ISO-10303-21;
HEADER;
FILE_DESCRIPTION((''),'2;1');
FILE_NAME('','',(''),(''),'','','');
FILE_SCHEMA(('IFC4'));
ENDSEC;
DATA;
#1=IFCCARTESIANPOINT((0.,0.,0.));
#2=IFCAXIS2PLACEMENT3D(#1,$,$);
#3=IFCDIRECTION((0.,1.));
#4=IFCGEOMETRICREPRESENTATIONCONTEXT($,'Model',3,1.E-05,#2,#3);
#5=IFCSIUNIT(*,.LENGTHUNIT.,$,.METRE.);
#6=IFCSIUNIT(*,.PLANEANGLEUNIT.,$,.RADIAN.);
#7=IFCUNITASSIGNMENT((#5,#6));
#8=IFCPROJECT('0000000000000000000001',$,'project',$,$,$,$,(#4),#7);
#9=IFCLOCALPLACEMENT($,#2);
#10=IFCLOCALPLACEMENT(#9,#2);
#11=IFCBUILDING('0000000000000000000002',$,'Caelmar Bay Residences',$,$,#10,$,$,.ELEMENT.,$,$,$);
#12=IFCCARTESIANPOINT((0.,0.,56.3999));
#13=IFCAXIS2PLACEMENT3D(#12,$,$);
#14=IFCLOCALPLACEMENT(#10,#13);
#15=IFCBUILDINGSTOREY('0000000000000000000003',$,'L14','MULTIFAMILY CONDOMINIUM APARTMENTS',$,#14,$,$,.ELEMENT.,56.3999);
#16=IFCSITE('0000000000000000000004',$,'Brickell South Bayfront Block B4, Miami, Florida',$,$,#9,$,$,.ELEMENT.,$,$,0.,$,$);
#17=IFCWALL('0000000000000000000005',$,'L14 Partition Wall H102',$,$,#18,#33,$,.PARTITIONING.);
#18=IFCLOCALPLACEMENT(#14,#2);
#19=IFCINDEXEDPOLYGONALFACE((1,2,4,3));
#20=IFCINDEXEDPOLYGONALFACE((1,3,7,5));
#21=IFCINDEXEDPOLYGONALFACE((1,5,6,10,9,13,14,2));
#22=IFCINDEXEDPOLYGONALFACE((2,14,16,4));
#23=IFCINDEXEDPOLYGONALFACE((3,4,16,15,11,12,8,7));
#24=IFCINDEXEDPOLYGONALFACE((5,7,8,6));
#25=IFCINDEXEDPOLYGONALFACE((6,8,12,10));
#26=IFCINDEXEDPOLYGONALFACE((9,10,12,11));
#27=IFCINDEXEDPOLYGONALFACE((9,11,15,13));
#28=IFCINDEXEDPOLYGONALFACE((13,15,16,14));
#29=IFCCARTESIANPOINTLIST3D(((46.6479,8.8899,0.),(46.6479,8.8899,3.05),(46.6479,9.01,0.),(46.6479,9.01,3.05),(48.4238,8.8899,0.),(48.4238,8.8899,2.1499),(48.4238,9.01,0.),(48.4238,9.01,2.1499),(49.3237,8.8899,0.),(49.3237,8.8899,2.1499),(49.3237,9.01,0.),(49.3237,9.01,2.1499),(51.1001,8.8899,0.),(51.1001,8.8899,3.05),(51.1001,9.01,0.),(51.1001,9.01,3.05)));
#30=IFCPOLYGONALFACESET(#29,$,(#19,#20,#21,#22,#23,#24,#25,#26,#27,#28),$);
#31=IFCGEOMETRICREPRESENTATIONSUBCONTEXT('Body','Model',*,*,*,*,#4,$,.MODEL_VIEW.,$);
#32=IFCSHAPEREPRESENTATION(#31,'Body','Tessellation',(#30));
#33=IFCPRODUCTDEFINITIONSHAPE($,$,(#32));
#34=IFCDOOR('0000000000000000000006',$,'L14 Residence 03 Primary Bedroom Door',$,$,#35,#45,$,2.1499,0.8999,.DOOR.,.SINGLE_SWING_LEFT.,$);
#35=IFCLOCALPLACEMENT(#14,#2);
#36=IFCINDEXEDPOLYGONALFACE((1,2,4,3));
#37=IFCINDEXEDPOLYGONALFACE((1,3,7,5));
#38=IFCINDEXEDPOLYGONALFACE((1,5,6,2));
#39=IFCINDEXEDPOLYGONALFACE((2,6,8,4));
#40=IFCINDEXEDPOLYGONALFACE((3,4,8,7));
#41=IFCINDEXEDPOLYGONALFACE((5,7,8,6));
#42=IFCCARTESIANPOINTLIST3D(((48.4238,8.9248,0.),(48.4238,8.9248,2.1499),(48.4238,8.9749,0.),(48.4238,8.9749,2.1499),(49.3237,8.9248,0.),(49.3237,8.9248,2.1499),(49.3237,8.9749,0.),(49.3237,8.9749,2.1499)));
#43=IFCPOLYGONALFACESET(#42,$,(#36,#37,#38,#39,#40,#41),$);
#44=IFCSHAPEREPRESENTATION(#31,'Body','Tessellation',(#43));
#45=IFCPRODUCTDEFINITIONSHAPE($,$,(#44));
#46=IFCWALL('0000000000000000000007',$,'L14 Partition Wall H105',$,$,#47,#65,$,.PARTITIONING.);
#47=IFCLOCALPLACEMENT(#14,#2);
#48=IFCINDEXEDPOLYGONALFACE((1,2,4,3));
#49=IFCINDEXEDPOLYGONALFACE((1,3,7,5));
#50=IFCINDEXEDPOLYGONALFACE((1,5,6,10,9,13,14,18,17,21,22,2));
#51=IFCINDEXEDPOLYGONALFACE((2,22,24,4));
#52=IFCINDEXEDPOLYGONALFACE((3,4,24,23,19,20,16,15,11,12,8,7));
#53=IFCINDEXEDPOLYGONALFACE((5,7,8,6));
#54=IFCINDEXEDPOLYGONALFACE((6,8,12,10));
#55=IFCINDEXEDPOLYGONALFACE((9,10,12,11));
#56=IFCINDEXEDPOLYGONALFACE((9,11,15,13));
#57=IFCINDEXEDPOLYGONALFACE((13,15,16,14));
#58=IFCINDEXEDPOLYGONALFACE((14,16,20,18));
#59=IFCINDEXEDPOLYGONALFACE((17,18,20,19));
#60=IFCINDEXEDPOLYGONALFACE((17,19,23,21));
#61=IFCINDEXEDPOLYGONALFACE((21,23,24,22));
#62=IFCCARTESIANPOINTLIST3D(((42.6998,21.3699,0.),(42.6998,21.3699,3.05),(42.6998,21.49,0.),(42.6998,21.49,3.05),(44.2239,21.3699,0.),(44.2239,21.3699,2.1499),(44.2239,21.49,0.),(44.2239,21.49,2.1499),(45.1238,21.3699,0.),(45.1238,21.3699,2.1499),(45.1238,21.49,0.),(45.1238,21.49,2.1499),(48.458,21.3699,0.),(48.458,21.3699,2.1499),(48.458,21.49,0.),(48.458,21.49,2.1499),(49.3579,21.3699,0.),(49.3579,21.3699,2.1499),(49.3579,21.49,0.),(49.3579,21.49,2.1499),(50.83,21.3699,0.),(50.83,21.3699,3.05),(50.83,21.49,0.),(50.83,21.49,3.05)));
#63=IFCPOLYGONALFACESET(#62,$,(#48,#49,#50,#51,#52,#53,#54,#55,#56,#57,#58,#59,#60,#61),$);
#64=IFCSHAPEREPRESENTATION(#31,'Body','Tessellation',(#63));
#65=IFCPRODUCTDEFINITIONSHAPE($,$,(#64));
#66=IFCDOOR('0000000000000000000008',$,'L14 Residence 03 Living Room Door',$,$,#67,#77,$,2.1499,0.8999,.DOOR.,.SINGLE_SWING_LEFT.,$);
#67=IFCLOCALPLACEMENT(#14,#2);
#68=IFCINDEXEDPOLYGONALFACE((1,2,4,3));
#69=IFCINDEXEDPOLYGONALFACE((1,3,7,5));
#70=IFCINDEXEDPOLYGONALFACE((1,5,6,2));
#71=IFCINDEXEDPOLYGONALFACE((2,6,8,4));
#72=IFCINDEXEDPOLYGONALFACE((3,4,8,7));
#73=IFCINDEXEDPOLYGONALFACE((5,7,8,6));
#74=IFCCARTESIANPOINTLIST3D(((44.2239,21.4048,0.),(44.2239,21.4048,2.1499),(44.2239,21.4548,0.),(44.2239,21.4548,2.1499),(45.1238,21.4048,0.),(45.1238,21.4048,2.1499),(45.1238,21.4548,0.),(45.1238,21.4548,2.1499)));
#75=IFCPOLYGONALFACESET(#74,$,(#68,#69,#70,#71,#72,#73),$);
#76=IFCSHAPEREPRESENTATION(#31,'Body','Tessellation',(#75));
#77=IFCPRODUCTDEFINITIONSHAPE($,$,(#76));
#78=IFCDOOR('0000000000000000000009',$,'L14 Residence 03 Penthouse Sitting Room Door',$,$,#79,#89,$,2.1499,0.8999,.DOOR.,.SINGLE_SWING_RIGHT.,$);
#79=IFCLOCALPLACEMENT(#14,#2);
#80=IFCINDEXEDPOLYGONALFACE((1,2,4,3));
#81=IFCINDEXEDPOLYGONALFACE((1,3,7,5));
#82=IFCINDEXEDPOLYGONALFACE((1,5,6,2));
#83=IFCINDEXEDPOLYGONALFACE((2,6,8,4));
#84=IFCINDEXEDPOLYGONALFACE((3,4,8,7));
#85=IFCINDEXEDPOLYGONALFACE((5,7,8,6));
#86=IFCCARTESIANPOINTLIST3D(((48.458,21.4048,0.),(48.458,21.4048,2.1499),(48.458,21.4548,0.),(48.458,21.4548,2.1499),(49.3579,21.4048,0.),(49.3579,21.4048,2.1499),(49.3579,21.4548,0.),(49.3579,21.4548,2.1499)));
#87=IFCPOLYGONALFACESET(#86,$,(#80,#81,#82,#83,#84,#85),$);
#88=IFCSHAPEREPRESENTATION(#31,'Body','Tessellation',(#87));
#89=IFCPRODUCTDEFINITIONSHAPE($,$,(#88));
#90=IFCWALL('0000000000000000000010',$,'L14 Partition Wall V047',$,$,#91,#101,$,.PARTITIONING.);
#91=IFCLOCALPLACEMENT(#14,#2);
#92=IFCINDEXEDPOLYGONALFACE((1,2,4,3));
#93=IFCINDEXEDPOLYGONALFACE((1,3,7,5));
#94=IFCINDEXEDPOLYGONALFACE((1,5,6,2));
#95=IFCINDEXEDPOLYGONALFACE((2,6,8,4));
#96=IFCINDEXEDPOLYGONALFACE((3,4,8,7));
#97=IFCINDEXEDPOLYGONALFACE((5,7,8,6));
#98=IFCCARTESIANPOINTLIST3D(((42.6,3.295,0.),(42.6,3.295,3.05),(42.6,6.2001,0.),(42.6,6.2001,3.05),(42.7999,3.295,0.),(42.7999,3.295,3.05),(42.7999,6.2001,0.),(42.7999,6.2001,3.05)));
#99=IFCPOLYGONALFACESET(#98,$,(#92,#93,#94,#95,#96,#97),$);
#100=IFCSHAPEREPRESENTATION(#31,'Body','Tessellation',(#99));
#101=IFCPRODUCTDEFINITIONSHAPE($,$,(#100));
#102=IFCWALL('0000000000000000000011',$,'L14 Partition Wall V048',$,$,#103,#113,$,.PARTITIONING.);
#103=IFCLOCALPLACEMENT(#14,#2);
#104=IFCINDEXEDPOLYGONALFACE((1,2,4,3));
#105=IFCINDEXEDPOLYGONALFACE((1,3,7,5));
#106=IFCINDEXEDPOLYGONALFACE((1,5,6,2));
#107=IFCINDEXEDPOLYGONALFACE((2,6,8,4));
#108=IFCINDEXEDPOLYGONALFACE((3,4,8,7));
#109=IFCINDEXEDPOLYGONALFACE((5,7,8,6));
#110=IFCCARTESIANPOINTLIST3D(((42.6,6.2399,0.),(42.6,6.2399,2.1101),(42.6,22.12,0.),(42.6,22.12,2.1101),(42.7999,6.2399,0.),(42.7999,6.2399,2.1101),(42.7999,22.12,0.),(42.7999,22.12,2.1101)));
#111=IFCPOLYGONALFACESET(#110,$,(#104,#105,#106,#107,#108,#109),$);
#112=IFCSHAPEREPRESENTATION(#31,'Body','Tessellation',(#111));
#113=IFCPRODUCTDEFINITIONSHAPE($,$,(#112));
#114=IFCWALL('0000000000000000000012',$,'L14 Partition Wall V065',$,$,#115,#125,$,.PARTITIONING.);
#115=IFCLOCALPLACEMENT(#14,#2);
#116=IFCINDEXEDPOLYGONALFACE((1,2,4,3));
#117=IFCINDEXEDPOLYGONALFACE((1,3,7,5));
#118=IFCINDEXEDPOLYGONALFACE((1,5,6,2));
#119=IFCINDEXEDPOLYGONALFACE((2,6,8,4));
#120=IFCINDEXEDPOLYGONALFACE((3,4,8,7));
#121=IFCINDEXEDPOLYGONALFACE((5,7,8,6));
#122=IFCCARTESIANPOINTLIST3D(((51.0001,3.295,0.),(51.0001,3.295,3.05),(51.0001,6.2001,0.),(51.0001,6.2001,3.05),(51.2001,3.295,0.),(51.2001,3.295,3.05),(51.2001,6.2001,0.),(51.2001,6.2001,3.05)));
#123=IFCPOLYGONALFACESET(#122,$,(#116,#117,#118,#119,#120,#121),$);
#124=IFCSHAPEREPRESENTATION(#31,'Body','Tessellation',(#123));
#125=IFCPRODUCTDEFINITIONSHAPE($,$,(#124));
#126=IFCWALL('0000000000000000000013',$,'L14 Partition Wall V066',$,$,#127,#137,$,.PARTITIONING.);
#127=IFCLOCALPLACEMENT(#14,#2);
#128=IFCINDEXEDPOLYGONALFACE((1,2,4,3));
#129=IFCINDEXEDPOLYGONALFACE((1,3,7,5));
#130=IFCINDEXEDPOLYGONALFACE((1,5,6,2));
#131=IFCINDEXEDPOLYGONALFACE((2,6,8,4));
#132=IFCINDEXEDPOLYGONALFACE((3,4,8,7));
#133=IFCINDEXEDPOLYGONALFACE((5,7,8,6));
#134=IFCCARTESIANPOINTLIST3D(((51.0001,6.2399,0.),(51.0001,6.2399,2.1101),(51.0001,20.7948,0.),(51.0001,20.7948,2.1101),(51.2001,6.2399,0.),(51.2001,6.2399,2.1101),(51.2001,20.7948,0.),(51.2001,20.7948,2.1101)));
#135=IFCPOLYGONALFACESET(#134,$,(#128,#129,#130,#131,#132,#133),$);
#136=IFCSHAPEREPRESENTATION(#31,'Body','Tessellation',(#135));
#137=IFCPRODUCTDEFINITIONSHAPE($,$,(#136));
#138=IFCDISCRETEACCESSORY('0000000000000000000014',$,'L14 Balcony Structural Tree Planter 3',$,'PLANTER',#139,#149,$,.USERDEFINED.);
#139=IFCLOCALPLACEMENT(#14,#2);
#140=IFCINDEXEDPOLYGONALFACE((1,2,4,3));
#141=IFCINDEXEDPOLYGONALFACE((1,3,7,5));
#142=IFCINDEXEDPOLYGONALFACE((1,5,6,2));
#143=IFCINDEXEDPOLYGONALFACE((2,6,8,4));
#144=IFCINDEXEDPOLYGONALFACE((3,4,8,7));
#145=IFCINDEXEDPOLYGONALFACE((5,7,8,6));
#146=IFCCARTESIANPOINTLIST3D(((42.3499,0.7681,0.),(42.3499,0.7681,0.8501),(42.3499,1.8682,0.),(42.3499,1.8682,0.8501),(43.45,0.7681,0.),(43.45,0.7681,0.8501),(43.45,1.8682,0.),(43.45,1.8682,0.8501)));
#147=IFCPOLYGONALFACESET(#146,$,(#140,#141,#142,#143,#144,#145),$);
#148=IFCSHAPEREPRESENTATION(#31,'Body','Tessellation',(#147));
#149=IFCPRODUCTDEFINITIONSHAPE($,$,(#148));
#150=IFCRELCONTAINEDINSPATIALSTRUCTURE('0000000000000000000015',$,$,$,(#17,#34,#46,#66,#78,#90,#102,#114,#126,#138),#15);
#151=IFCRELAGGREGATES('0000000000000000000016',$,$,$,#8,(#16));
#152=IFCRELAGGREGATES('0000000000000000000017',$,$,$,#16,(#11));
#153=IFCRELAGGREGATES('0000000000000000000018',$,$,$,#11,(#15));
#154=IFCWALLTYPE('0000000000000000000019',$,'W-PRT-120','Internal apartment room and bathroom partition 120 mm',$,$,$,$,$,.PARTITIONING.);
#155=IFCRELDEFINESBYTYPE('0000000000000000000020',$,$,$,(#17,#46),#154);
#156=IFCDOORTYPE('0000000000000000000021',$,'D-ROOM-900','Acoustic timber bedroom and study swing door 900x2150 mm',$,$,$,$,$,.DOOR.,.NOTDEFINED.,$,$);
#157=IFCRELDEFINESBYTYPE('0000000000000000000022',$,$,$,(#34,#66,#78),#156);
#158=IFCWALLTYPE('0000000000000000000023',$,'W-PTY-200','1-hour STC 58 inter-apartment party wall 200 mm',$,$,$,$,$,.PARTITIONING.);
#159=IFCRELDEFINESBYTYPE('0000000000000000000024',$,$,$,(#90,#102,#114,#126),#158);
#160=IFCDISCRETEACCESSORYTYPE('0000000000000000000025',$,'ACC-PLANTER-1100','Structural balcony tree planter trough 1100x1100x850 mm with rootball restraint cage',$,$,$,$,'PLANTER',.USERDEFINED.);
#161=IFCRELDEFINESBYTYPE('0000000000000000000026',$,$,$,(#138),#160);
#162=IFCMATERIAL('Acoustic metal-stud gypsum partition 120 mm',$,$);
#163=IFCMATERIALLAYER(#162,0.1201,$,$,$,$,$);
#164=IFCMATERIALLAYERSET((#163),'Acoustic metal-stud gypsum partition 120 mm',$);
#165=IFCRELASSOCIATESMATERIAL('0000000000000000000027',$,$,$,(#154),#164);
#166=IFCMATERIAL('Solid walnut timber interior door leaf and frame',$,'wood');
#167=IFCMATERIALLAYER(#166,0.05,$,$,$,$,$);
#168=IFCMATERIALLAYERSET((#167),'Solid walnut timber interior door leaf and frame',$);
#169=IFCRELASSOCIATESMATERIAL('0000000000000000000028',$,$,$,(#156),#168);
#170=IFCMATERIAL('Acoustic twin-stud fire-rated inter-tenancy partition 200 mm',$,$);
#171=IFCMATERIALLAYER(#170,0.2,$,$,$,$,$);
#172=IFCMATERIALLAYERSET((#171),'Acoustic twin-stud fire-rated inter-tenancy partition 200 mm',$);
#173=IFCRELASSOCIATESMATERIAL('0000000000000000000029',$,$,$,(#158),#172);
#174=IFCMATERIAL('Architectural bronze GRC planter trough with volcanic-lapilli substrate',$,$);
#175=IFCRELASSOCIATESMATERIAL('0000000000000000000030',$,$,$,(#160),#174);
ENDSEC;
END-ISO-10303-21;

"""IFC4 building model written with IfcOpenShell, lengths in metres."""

from ifc_helpers import new_model, si_unit, direction, frame, frame_2d, origin, origin_2d, place, context, subcontext, project, spatial, rectangle, extrude, material, layer, layer_set, type_object, element, fill, save


model = new_model("IFC4")

# Units and contexts
model_context = context("Model", 3, precision=1e-05, world=origin(), true_north=direction((0.0, 1.0)))
body_context = subcontext(model_context, "Body", "Model", "MODEL_VIEW")
ifc_project = project(units=[si_unit("LENGTHUNIT", "METRE"), si_unit("PLANEANGLEUNIT", "RADIAN")], contexts=[model_context])

# Site, building, storey
site_placement = place(None, origin())
site = spatial("IfcSite", under=ifc_project, at=site_placement, Name="Brickell South Bayfront Block B4, Miami, Florida", CompositionType="ELEMENT", RefElevation=0.0)
building_placement = place(site_placement, origin())
building = spatial("IfcBuilding", under=site, at=building_placement, Name="Caelmar Bay Residences", CompositionType="ELEMENT")
storey_placement = place(building_placement, frame((0.0, 0.0, 56.3999)))
storey = spatial("IfcBuildingStorey", under=building, at=storey_placement, Name="L14", Description="MULTIFAMILY CONDOMINIUM APARTMENTS", CompositionType="ELEMENT", Elevation=56.3999)

# Shared definitions
ifc_material_1 = material(Name="Acoustic metal-stud gypsum partition 120 mm")
ifc_layer_1 = layer(ifc_material_1, 0.1201)
ifc_layer_set_1 = layer_set([ifc_layer_1], Name="Acoustic metal-stud gypsum partition 120 mm")
wall_type_1 = type_object("IfcWallType", Name="W-PRT-120", Description="Internal apartment room and bathroom partition 120 mm", PredefinedType="PARTITIONING", material=ifc_layer_set_1)

# Wall, opening, door
wall_1_placement = place(storey_placement, frame((46.6479, 8.95, 0.0), z_axis=(0.0, 0.0, 1.0), x_axis=(1.0, 0.0, 0.0)))
wall_1 = element("IfcWall", 1, at=wall_1_placement, inside=storey, type_object=wall_type_1, Name="L14 Partition Wall H102", PredefinedType="PARTITIONING", context=body_context, shape_type="SweptSolid", body=[
    extrude(rectangle(XDim=4.4521, YDim=0.1201, at=frame_2d((2.2261, 0.0))), origin(), (0.0, 0.0, 1.0), 3.05),
])
opening_1_placement = place(wall_1_placement, frame((1.7759, 0.0, 0.0)))
opening_1 = element("IfcOpeningElement", 2, at=opening_1_placement, cuts=wall_1, PredefinedType="OPENING", context=body_context, shape_type="SweptSolid", body=[
    extrude(rectangle(XDim=0.8999, YDim=2.1499, at=frame_2d((0.45, 1.075))), frame((0.0, 0.0701, 0.0), z_axis=(0.0, -1.0, 0.0), x_axis=(1.0, 0.0, 0.0)), (0.0, 0.0, 1.0), 0.1401),
])
ifc_material_2 = material(Name="Solid walnut timber interior door leaf and frame", Category="wood")
ifc_layer_2 = layer(ifc_material_2, 0.05)
ifc_layer_set_2 = layer_set([ifc_layer_2], Name="Solid walnut timber interior door leaf and frame")
door_type = type_object("IfcDoorType", Name="D-ROOM-900", Description="Acoustic timber bedroom and study swing door 900x2150 mm", OperationType="NOTDEFINED", PredefinedType="DOOR", material=ifc_layer_set_2)
door_1_placement = place(opening_1_placement, origin())
door_1 = element("IfcDoor", 3, at=door_1_placement, inside=storey, type_object=door_type, Name="L14 Residence 03 Primary Bedroom Door", OperationType="SINGLE_SWING_LEFT", OverallHeight=2.1499, OverallWidth=0.8999, PredefinedType="DOOR", context=body_context, shape_type="SweptSolid", body=[
    extrude(rectangle(XDim=0.8999, YDim=2.1499, at=frame_2d((0.45, 1.075))), frame((0.0, 0.0249, 0.0), z_axis=(0.0, -1.0, 0.0), x_axis=(1.0, 0.0, 0.0)), (0.0, 0.0, 1.0), 0.05),
])
fill(opening_1, door_1)

# Wall, openings, doors
wall_2_placement = place(storey_placement, frame((42.7, 21.4299, 0.0), z_axis=(0.0, 0.0, 1.0), x_axis=(1.0, 0.0, 0.0)))
wall_2 = element("IfcWall", 4, at=wall_2_placement, inside=storey, type_object=wall_type_1, Name="L14 Partition Wall H105", PredefinedType="PARTITIONING", context=body_context, shape_type="SweptSolid", body=[
    extrude(rectangle(XDim=8.1301, YDim=0.1201, at=frame_2d((4.0649, 0.0))), origin(), (0.0, 0.0, 1.0), 3.05),
])
opening_2_placement = place(wall_2_placement, frame((1.5239, 0.0, 0.0)))
opening_2 = element("IfcOpeningElement", 5, at=opening_2_placement, cuts=wall_2, PredefinedType="OPENING", context=body_context, shape_type="SweptSolid", body=[
    extrude(rectangle(XDim=0.8999, YDim=2.1499, at=frame_2d((0.45, 1.075))), frame((0.0, 0.0701, 0.0), z_axis=(0.0, -1.0, 0.0), x_axis=(1.0, 0.0, 0.0)), (0.0, 0.0, 1.0), 0.1401),
])
opening_3_placement = place(wall_2_placement, frame((5.7581, 0.0, 0.0)))
opening_3 = element("IfcOpeningElement", 6, at=opening_3_placement, cuts=wall_2, PredefinedType="OPENING", context=body_context, shape_type="SweptSolid", body=[
    extrude(rectangle(XDim=0.8999, YDim=2.1499, at=frame_2d((0.45, 1.075))), frame((0.0, 0.0701, 0.0), z_axis=(0.0, -1.0, 0.0), x_axis=(1.0, 0.0, 0.0)), (0.0, 0.0, 1.0), 0.1401),
])
door_2_placement = place(opening_2_placement, origin())
door_2 = element("IfcDoor", 7, at=door_2_placement, inside=storey, type_object=door_type, Name="L14 Residence 03 Living Room Door", OperationType="SINGLE_SWING_LEFT", OverallHeight=2.1499, OverallWidth=0.8999, PredefinedType="DOOR", context=body_context, shape_type="SweptSolid", body=[
    extrude(rectangle(XDim=0.8999, YDim=2.1499, at=frame_2d((0.45, 1.075))), frame((0.0, 0.0249, 0.0), z_axis=(0.0, -1.0, 0.0), x_axis=(1.0, 0.0, 0.0)), (0.0, 0.0, 1.0), 0.05),
])
fill(opening_2, door_2)
door_3_placement = place(opening_3_placement, origin())
door_3 = element("IfcDoor", 8, at=door_3_placement, inside=storey, type_object=door_type, Name="L14 Residence 03 Penthouse Sitting Room Door", OperationType="SINGLE_SWING_RIGHT", OverallHeight=2.1499, OverallWidth=0.8999, PredefinedType="DOOR", context=body_context, shape_type="SweptSolid", body=[
    extrude(rectangle(XDim=0.8999, YDim=2.1499, at=frame_2d((0.45, 1.075))), frame((0.0, 0.0249, 0.0), z_axis=(0.0, -1.0, 0.0), x_axis=(1.0, 0.0, 0.0)), (0.0, 0.0, 1.0), 0.05),
])
fill(opening_3, door_3)

# Walls
ifc_material_3 = material(Name="Acoustic twin-stud fire-rated inter-tenancy partition 200 mm")
ifc_layer_3 = layer(ifc_material_3, 0.2)
ifc_layer_set_3 = layer_set([ifc_layer_3], Name="Acoustic twin-stud fire-rated inter-tenancy partition 200 mm")
wall_type_2 = type_object("IfcWallType", Name="W-PTY-200", Description="1-hour STC 58 inter-apartment party wall 200 mm", PredefinedType="PARTITIONING", material=ifc_layer_set_3)
wall_3_placement = place(storey_placement, frame((42.7, 3.2949, 0.0), z_axis=(0.0, 0.0, 1.0), x_axis=(0.0, 1.0, 0.0)))
element("IfcWall", 9, at=wall_3_placement, inside=storey, type_object=wall_type_2, Name="L14 Partition Wall V047", PredefinedType="PARTITIONING", context=body_context, shape_type="SweptSolid", body=[
    extrude(rectangle(XDim=2.905, YDim=0.2, at=frame_2d((1.4526, 0.0))), origin(), (0.0, 0.0, 1.0), 3.05),
])
wall_4_placement = place(storey_placement, frame((42.7, 6.24, 0.0), z_axis=(0.0, 0.0, 1.0), x_axis=(0.0, 1.0, 0.0)))
element("IfcWall", 10, at=wall_4_placement, inside=storey, type_object=wall_type_2, Name="L14 Partition Wall V048", PredefinedType="PARTITIONING", context=body_context, shape_type="SweptSolid", body=[
    extrude(rectangle(XDim=15.8801, YDim=0.2, at=frame_2d((7.9399, 0.0))), origin(), (0.0, 0.0, 1.0), 2.1101),
])
wall_5_placement = place(storey_placement, frame((51.1001, 3.2949, 0.0), z_axis=(0.0, 0.0, 1.0), x_axis=(0.0, 1.0, 0.0)))
element("IfcWall", 11, at=wall_5_placement, inside=storey, type_object=wall_type_2, Name="L14 Partition Wall V065", PredefinedType="PARTITIONING", context=body_context, shape_type="SweptSolid", body=[
    extrude(rectangle(XDim=2.905, YDim=0.2, at=frame_2d((1.4526, 0.0))), origin(), (0.0, 0.0, 1.0), 3.05),
])
wall_6_placement = place(storey_placement, frame((51.1001, 6.24, 0.0), z_axis=(0.0, 0.0, 1.0), x_axis=(0.0, 1.0, 0.0)))
element("IfcWall", 12, at=wall_6_placement, inside=storey, type_object=wall_type_2, Name="L14 Partition Wall V066", PredefinedType="PARTITIONING", context=body_context, shape_type="SweptSolid", body=[
    extrude(rectangle(XDim=14.5549, YDim=0.2, at=frame_2d((7.2773, 0.0))), origin(), (0.0, 0.0, 1.0), 2.1101),
])

# Discrete accessory
ifc_material_4 = material(Name="Architectural bronze GRC planter trough with volcanic-lapilli substrate")
discrete_accessory_type = type_object("IfcDiscreteAccessoryType", Name="ACC-PLANTER-1100", Description="Structural balcony tree planter trough 1100x1100x850 mm with rootball restraint cage", ElementType="PLANTER", PredefinedType="USERDEFINED", material=ifc_material_4)
discrete_accessory_placement = place(storey_placement, frame((42.8999, 1.3181, 0.0), z_axis=(0.0, 0.0, 1.0), x_axis=(1.0, 0.0, 0.0)))
element("IfcDiscreteAccessory", 13, at=discrete_accessory_placement, inside=storey, type_object=discrete_accessory_type, Name="L14 Balcony Structural Tree Planter 3", ObjectType="PLANTER", PredefinedType="USERDEFINED", context=body_context, shape_type="SweptSolid", body=[
    extrude(rectangle(XDim=1.1001, YDim=1.1001, at=origin_2d()), origin(), (0.0, 0.0, 1.0), 0.8501),
])

save(model, "model.ifc")
